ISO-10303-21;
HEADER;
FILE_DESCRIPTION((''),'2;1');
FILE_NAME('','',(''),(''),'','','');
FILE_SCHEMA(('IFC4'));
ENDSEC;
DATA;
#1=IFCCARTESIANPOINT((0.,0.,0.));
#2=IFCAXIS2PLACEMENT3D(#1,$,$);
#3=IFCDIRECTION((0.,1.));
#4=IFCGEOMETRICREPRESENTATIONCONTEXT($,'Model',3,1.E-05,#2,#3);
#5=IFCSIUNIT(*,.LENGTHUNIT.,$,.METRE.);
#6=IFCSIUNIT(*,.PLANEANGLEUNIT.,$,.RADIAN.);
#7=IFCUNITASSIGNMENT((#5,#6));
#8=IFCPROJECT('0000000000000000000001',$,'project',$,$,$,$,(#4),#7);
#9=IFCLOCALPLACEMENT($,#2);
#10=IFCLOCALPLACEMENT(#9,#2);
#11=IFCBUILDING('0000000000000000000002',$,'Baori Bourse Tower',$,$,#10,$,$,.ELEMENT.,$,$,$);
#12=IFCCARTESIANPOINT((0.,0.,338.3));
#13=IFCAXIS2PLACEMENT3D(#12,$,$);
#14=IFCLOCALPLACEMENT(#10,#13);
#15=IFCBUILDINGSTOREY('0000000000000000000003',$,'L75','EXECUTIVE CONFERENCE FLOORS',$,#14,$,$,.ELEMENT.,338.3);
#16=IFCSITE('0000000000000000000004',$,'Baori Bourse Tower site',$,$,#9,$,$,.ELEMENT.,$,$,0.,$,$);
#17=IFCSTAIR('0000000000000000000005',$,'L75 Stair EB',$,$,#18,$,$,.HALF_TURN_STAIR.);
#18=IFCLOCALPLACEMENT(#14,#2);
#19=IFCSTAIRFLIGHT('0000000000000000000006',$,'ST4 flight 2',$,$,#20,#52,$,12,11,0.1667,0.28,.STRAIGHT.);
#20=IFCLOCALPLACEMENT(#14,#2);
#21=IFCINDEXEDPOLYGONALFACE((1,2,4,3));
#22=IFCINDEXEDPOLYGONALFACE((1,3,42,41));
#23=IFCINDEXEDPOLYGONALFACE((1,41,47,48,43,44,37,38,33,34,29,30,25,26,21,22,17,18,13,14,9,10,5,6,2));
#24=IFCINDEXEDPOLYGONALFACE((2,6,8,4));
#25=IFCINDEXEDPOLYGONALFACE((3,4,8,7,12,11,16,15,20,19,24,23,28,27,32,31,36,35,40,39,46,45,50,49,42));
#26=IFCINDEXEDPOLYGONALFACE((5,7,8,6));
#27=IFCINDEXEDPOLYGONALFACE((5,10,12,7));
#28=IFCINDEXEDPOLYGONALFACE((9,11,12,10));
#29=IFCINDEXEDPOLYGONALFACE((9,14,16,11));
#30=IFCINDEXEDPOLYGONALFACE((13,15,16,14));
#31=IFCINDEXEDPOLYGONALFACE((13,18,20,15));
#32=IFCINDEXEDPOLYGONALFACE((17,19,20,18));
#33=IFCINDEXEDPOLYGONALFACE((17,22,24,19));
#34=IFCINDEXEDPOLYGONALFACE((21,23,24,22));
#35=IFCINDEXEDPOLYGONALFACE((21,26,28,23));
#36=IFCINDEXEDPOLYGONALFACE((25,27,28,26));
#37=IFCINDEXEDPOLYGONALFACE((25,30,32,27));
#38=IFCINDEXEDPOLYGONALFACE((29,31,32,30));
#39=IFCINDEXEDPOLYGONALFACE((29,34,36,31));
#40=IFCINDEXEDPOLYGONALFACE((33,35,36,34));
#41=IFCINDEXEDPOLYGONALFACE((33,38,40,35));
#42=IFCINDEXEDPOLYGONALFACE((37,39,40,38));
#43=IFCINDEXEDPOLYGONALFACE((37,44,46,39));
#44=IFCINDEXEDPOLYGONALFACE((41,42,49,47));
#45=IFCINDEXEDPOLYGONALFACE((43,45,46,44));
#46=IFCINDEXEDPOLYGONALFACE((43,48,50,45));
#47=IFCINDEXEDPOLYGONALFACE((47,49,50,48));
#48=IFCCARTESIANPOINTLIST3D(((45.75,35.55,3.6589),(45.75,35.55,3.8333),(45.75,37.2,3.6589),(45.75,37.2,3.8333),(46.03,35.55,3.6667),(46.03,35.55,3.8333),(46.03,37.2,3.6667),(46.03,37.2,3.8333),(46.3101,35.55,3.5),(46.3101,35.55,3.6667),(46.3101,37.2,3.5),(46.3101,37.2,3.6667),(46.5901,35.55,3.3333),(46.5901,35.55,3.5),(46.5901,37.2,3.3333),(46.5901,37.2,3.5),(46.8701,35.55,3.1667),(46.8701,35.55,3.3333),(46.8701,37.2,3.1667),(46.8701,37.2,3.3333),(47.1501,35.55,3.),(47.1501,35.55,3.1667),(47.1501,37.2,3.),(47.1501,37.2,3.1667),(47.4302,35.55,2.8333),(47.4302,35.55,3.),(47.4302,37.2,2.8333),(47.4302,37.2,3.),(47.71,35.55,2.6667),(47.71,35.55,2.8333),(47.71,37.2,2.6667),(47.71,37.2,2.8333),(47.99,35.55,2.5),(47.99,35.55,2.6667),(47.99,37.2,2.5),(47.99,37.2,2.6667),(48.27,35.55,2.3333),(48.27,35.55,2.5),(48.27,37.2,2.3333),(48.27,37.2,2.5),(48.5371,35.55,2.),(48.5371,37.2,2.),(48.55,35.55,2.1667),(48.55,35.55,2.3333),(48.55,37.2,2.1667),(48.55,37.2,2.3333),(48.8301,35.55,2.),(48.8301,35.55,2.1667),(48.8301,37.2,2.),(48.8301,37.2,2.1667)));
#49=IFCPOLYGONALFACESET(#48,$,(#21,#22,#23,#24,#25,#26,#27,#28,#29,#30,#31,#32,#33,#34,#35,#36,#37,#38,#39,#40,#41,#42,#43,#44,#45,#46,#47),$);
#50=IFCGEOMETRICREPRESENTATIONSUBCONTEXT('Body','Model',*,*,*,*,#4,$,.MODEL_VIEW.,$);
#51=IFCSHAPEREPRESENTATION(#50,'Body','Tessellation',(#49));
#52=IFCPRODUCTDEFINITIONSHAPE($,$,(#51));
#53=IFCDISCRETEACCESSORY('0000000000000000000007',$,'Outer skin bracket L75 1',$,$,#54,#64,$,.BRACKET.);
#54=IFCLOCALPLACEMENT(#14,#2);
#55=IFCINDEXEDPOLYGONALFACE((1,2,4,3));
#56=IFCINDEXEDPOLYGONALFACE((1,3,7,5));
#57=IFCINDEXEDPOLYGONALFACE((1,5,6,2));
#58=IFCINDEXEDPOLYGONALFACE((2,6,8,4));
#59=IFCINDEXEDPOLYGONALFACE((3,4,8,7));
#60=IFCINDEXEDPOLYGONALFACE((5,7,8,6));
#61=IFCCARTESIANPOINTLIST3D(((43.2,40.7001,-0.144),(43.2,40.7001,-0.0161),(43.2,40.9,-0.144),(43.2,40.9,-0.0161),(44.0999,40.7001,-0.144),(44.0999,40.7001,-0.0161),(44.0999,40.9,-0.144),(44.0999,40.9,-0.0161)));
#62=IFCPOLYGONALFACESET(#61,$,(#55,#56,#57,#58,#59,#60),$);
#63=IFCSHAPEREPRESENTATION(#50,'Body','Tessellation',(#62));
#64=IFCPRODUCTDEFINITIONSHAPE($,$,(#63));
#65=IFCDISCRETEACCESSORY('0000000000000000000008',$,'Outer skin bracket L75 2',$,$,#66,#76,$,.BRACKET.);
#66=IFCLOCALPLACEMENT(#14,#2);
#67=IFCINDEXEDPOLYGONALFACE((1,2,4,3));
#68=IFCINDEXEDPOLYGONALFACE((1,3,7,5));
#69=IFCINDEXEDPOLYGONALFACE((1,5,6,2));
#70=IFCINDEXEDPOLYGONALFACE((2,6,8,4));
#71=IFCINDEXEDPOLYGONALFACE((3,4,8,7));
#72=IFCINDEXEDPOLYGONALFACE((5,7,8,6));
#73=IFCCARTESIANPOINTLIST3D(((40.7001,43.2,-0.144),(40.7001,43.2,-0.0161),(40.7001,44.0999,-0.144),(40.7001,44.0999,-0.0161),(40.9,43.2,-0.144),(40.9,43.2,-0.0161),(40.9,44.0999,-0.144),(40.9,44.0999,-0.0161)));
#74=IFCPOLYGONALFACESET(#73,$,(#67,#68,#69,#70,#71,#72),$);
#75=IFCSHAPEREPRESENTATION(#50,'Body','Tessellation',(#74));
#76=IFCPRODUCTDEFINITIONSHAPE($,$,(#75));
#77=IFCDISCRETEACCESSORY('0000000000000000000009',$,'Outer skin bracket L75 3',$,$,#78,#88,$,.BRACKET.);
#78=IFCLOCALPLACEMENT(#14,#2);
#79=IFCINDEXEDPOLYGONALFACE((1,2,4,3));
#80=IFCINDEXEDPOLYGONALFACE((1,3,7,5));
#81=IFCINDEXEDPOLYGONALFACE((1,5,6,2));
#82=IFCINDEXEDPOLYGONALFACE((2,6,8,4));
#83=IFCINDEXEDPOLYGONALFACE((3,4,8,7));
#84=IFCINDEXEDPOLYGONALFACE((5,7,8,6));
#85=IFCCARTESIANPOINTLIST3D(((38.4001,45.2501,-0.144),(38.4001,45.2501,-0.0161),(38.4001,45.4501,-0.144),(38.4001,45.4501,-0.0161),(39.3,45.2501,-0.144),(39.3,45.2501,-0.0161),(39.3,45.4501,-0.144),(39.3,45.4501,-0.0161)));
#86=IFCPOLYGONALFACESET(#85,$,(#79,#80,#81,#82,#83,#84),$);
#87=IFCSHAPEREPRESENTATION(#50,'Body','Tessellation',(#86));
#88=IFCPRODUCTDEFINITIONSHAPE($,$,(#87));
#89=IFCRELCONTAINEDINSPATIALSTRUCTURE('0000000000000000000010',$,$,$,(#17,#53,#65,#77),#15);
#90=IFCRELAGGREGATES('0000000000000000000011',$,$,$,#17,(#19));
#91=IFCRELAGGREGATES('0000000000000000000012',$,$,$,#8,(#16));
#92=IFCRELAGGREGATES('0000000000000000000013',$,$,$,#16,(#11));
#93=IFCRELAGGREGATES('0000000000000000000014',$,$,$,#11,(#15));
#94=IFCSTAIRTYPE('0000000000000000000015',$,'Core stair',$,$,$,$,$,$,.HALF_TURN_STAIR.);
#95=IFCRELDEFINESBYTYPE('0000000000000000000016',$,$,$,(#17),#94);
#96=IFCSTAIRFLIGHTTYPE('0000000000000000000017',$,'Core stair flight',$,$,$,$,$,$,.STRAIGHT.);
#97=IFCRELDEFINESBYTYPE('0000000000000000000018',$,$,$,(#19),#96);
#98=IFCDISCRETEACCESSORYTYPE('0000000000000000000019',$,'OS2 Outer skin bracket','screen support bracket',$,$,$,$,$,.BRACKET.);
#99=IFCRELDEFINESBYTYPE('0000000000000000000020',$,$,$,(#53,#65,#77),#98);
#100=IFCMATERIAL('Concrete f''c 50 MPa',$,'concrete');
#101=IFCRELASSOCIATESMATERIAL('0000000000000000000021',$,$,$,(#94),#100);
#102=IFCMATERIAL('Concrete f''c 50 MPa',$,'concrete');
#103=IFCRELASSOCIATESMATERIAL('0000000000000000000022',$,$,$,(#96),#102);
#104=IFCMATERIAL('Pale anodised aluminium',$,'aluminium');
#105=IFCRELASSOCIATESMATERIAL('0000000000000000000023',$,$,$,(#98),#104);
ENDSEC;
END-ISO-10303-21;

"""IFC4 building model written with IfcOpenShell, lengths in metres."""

from ifc_helpers import new_model, si_unit, direction, frame, origin, origin_2d, place, context, subcontext, project, spatial, polyline, rectangle, outline, extrude, material, type_object, element, aggregate, save


model = new_model("IFC4")

# Units and contexts
model_context = context("Model", 3, precision=1e-05, world=origin(), true_north=direction((0.0, 1.0)))
body_context = subcontext(model_context, "Body", "Model", "MODEL_VIEW")
ifc_project = project(units=[si_unit("LENGTHUNIT", "METRE"), si_unit("PLANEANGLEUNIT", "RADIAN")], contexts=[model_context])

# Site, building, storey
site_placement = place(None, origin())
site = spatial("IfcSite", under=ifc_project, at=site_placement, Name="Baori Bourse Tower site", CompositionType="ELEMENT", RefElevation=0.0)
building_placement = place(site_placement, origin())
building = spatial("IfcBuilding", under=site, at=building_placement, Name="Baori Bourse Tower", CompositionType="ELEMENT")
storey_placement = place(building_placement, frame((0.0, 0.0, 338.3)))
storey = spatial("IfcBuildingStorey", under=building, at=storey_placement, Name="L75", Description="EXECUTIVE CONFERENCE FLOORS", CompositionType="ELEMENT", Elevation=338.3)

# Stair, stair flight
ifc_material_1 = material(Name="Concrete f'c 50 MPa", Category="concrete")
stair_type = type_object("IfcStairType", Name="Core stair", PredefinedType="HALF_TURN_STAIR", material=ifc_material_1)
stair_placement = place(storey_placement, origin())
stair = element("IfcStair", 1, at=stair_placement, inside=storey, type_object=stair_type, Name="L75 Stair EB", PredefinedType="HALF_TURN_STAIR")
ifc_material_2 = material(Name="Concrete f'c 50 MPa", Category="concrete")
stair_flight_type = type_object("IfcStairFlightType", Name="Core stair flight", PredefinedType="STRAIGHT", material=ifc_material_2)
stair_flight_placement = place(storey_placement, frame((48.8301, 36.375, 2.0), z_axis=(0.0, 0.0, 1.0), x_axis=(-1.0, 0.0, 0.0)))
stair_flight = element("IfcStairFlight", 2, at=stair_flight_placement, type_object=stair_flight_type, Name="ST4 flight 2", NumberOfRisers=12, NumberOfTreads=11, PredefinedType="STRAIGHT", RiserHeight=0.1667, TreadLength=0.28, context=body_context, shape_type="SweptSolid", body=[
    extrude(outline(polyline([(0.0, 0.0), (0.0, 0.1667), (0.28, 0.1667), (0.28, 0.3333), (0.5601, 0.3333), (0.5601, 0.5), (0.8401, 0.5), (0.8401, 0.6667), (1.1201, 0.6667), (1.1201, 0.8333), (1.3999, 0.8333), (1.3999, 1.0), (1.6799, 1.0), (1.6799, 1.1667), (1.96, 1.1667), (1.96, 1.3333), (2.24, 1.3333), (2.24, 1.5), (2.52, 1.5), (2.52, 1.6667), (2.8, 1.6667), (2.8, 1.8333), (3.0801, 1.8333), (3.0801, 2.0), (3.0801, 1.6589), (0.293, 0.0), (0.0, 0.0)])), frame((0.0, 0.825, 0.0), z_axis=(0.0, -1.0, 0.0), x_axis=(1.0, 0.0, 0.0)), (0.0, 0.0, 1.0), 1.6499),
])
aggregate(stair, [stair_flight])

# Discrete accessories
ifc_material_3 = material(Name="Pale anodised aluminium", Category="aluminium")
discrete_accessory_type = type_object("IfcDiscreteAccessoryType", Name="OS2 Outer skin bracket", Description="screen support bracket", PredefinedType="BRACKET", material=ifc_material_3)
for number, where, z_axis, x_axis, name in (
    (3, (43.6499, 40.8, -0.144), (0.0, 0.0, 1.0), (0.0, 1.0, 0.0), "Outer skin bracket L75 1"),
    (4, (40.8, 43.6499, -0.144), (0.0, 0.0, 1.0), (-1.0, 0.0, 0.0), "Outer skin bracket L75 2"),
    (5, (38.8501, 45.3501, -0.144), (0.0, 0.0, 1.0), (0.0, 1.0, 0.0), "Outer skin bracket L75 3"),
):
    element("IfcDiscreteAccessory", number, at=place(storey_placement, frame(where, z_axis=z_axis, x_axis=x_axis)), inside=storey, type_object=discrete_accessory_type, Name=name, PredefinedType="BRACKET", context=body_context, shape_type="SweptSolid", body=[
        extrude(rectangle(XDim=0.2, YDim=0.8999, at=origin_2d()), origin(), (0.0, 0.0, 1.0), 0.1279),
    ])

save(model, "model.ifc")
